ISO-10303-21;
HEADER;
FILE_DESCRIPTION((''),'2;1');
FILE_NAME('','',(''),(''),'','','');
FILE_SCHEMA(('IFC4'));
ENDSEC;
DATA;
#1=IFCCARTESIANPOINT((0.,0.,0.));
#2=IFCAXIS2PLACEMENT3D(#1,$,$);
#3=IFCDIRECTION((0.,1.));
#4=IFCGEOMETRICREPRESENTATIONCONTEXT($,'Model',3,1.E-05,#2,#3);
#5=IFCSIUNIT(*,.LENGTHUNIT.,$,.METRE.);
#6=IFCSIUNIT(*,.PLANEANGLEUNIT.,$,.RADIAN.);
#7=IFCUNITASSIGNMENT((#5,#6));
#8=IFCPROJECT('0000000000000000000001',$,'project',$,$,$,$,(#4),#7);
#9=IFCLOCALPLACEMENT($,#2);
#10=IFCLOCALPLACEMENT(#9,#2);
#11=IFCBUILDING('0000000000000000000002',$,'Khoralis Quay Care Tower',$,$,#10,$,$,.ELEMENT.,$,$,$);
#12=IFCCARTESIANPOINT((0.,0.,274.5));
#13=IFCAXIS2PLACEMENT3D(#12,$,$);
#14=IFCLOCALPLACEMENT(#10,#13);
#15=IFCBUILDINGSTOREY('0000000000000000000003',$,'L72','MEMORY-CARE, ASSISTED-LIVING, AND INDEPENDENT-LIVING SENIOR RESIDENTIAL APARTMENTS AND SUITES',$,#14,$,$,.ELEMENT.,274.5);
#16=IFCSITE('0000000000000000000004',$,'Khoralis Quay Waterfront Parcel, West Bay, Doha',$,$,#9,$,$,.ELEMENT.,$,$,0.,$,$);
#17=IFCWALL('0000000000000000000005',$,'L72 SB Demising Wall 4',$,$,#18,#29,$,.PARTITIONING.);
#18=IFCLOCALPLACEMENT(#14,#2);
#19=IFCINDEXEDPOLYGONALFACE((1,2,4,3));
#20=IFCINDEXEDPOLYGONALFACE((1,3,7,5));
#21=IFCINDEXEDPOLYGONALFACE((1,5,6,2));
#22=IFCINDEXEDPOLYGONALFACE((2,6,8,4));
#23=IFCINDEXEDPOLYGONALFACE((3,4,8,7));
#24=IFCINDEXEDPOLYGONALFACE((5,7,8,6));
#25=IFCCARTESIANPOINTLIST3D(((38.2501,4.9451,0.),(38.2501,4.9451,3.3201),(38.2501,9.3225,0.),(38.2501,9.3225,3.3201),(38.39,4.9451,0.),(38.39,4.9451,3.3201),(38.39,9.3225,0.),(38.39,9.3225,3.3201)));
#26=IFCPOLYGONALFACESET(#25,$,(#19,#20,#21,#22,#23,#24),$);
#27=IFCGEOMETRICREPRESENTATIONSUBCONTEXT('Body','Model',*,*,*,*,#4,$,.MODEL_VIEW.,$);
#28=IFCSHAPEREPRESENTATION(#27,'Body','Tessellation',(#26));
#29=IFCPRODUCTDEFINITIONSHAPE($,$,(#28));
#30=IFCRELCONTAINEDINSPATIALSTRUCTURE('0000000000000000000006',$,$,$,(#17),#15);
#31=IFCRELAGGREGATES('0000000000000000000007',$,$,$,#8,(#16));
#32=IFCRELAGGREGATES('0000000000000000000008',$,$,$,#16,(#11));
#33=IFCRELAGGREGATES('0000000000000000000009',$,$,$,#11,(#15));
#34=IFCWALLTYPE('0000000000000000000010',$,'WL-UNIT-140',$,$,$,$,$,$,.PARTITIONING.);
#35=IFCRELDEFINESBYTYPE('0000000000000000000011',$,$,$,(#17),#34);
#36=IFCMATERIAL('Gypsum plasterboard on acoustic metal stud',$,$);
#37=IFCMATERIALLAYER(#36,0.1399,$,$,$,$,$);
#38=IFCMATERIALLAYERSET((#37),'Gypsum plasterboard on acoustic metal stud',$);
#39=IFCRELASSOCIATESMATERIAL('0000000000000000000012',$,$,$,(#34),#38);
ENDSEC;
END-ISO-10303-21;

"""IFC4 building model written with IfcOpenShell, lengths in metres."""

from ifc_helpers import new_model, si_unit, direction, frame, frame_2d, origin, place, context, subcontext, project, spatial, rectangle, extrude, material, layer, layer_set, type_object, element, save


model = new_model("IFC4")

# Units and contexts
model_context = context("Model", 3, precision=1e-05, world=origin(), true_north=direction((0.0, 1.0)))
body_context = subcontext(model_context, "Body", "Model", "MODEL_VIEW")
ifc_project = project(units=[si_unit("LENGTHUNIT", "METRE"), si_unit("PLANEANGLEUNIT", "RADIAN")], contexts=[model_context])

# Site, building, storey
site_placement = place(None, origin())
site = spatial("IfcSite", under=ifc_project, at=site_placement, Name="Khoralis Quay Waterfront Parcel, West Bay, Doha", CompositionType="ELEMENT", RefElevation=0.0)
building_placement = place(site_placement, origin())
building = spatial("IfcBuilding", under=site, at=building_placement, Name="Khoralis Quay Care Tower", CompositionType="ELEMENT")
storey_placement = place(building_placement, frame((0.0, 0.0, 274.5)))
storey = spatial("IfcBuildingStorey", under=building, at=storey_placement, Name="L72", Description="MEMORY-CARE, ASSISTED-LIVING, AND INDEPENDENT-LIVING SENIOR RESIDENTIAL APARTMENTS AND SUITES", CompositionType="ELEMENT", Elevation=274.5)

# Shared definitions
ifc_material_1 = material(Name="Gypsum plasterboard on acoustic metal stud")

# Wall
ifc_layer_1 = layer(ifc_material_1, 0.1399)
ifc_layer_set_1 = layer_set([ifc_layer_1], Name="Gypsum plasterboard on acoustic metal stud")
wall_type_1 = type_object("IfcWallType", Name="WL-UNIT-140", PredefinedType="PARTITIONING", material=ifc_layer_set_1)
wall_1_placement = place(storey_placement, frame((38.3201, 4.9451, 0.0), z_axis=(0.0, 0.0, 1.0), x_axis=(0.0, 1.0, 0.0)))
element("IfcWall", 1, at=wall_1_placement, inside=storey, type_object=wall_type_1, Name="L72 SB Demising Wall 4", PredefinedType="PARTITIONING", context=body_context, shape_type="SweptSolid", body=[
    extrude(rectangle(XDim=4.3774, YDim=0.1399, at=frame_2d((2.1887, 0.0))), origin(), (0.0, 0.0, 1.0), 3.3201),
])

save(model, "model.ifc")
